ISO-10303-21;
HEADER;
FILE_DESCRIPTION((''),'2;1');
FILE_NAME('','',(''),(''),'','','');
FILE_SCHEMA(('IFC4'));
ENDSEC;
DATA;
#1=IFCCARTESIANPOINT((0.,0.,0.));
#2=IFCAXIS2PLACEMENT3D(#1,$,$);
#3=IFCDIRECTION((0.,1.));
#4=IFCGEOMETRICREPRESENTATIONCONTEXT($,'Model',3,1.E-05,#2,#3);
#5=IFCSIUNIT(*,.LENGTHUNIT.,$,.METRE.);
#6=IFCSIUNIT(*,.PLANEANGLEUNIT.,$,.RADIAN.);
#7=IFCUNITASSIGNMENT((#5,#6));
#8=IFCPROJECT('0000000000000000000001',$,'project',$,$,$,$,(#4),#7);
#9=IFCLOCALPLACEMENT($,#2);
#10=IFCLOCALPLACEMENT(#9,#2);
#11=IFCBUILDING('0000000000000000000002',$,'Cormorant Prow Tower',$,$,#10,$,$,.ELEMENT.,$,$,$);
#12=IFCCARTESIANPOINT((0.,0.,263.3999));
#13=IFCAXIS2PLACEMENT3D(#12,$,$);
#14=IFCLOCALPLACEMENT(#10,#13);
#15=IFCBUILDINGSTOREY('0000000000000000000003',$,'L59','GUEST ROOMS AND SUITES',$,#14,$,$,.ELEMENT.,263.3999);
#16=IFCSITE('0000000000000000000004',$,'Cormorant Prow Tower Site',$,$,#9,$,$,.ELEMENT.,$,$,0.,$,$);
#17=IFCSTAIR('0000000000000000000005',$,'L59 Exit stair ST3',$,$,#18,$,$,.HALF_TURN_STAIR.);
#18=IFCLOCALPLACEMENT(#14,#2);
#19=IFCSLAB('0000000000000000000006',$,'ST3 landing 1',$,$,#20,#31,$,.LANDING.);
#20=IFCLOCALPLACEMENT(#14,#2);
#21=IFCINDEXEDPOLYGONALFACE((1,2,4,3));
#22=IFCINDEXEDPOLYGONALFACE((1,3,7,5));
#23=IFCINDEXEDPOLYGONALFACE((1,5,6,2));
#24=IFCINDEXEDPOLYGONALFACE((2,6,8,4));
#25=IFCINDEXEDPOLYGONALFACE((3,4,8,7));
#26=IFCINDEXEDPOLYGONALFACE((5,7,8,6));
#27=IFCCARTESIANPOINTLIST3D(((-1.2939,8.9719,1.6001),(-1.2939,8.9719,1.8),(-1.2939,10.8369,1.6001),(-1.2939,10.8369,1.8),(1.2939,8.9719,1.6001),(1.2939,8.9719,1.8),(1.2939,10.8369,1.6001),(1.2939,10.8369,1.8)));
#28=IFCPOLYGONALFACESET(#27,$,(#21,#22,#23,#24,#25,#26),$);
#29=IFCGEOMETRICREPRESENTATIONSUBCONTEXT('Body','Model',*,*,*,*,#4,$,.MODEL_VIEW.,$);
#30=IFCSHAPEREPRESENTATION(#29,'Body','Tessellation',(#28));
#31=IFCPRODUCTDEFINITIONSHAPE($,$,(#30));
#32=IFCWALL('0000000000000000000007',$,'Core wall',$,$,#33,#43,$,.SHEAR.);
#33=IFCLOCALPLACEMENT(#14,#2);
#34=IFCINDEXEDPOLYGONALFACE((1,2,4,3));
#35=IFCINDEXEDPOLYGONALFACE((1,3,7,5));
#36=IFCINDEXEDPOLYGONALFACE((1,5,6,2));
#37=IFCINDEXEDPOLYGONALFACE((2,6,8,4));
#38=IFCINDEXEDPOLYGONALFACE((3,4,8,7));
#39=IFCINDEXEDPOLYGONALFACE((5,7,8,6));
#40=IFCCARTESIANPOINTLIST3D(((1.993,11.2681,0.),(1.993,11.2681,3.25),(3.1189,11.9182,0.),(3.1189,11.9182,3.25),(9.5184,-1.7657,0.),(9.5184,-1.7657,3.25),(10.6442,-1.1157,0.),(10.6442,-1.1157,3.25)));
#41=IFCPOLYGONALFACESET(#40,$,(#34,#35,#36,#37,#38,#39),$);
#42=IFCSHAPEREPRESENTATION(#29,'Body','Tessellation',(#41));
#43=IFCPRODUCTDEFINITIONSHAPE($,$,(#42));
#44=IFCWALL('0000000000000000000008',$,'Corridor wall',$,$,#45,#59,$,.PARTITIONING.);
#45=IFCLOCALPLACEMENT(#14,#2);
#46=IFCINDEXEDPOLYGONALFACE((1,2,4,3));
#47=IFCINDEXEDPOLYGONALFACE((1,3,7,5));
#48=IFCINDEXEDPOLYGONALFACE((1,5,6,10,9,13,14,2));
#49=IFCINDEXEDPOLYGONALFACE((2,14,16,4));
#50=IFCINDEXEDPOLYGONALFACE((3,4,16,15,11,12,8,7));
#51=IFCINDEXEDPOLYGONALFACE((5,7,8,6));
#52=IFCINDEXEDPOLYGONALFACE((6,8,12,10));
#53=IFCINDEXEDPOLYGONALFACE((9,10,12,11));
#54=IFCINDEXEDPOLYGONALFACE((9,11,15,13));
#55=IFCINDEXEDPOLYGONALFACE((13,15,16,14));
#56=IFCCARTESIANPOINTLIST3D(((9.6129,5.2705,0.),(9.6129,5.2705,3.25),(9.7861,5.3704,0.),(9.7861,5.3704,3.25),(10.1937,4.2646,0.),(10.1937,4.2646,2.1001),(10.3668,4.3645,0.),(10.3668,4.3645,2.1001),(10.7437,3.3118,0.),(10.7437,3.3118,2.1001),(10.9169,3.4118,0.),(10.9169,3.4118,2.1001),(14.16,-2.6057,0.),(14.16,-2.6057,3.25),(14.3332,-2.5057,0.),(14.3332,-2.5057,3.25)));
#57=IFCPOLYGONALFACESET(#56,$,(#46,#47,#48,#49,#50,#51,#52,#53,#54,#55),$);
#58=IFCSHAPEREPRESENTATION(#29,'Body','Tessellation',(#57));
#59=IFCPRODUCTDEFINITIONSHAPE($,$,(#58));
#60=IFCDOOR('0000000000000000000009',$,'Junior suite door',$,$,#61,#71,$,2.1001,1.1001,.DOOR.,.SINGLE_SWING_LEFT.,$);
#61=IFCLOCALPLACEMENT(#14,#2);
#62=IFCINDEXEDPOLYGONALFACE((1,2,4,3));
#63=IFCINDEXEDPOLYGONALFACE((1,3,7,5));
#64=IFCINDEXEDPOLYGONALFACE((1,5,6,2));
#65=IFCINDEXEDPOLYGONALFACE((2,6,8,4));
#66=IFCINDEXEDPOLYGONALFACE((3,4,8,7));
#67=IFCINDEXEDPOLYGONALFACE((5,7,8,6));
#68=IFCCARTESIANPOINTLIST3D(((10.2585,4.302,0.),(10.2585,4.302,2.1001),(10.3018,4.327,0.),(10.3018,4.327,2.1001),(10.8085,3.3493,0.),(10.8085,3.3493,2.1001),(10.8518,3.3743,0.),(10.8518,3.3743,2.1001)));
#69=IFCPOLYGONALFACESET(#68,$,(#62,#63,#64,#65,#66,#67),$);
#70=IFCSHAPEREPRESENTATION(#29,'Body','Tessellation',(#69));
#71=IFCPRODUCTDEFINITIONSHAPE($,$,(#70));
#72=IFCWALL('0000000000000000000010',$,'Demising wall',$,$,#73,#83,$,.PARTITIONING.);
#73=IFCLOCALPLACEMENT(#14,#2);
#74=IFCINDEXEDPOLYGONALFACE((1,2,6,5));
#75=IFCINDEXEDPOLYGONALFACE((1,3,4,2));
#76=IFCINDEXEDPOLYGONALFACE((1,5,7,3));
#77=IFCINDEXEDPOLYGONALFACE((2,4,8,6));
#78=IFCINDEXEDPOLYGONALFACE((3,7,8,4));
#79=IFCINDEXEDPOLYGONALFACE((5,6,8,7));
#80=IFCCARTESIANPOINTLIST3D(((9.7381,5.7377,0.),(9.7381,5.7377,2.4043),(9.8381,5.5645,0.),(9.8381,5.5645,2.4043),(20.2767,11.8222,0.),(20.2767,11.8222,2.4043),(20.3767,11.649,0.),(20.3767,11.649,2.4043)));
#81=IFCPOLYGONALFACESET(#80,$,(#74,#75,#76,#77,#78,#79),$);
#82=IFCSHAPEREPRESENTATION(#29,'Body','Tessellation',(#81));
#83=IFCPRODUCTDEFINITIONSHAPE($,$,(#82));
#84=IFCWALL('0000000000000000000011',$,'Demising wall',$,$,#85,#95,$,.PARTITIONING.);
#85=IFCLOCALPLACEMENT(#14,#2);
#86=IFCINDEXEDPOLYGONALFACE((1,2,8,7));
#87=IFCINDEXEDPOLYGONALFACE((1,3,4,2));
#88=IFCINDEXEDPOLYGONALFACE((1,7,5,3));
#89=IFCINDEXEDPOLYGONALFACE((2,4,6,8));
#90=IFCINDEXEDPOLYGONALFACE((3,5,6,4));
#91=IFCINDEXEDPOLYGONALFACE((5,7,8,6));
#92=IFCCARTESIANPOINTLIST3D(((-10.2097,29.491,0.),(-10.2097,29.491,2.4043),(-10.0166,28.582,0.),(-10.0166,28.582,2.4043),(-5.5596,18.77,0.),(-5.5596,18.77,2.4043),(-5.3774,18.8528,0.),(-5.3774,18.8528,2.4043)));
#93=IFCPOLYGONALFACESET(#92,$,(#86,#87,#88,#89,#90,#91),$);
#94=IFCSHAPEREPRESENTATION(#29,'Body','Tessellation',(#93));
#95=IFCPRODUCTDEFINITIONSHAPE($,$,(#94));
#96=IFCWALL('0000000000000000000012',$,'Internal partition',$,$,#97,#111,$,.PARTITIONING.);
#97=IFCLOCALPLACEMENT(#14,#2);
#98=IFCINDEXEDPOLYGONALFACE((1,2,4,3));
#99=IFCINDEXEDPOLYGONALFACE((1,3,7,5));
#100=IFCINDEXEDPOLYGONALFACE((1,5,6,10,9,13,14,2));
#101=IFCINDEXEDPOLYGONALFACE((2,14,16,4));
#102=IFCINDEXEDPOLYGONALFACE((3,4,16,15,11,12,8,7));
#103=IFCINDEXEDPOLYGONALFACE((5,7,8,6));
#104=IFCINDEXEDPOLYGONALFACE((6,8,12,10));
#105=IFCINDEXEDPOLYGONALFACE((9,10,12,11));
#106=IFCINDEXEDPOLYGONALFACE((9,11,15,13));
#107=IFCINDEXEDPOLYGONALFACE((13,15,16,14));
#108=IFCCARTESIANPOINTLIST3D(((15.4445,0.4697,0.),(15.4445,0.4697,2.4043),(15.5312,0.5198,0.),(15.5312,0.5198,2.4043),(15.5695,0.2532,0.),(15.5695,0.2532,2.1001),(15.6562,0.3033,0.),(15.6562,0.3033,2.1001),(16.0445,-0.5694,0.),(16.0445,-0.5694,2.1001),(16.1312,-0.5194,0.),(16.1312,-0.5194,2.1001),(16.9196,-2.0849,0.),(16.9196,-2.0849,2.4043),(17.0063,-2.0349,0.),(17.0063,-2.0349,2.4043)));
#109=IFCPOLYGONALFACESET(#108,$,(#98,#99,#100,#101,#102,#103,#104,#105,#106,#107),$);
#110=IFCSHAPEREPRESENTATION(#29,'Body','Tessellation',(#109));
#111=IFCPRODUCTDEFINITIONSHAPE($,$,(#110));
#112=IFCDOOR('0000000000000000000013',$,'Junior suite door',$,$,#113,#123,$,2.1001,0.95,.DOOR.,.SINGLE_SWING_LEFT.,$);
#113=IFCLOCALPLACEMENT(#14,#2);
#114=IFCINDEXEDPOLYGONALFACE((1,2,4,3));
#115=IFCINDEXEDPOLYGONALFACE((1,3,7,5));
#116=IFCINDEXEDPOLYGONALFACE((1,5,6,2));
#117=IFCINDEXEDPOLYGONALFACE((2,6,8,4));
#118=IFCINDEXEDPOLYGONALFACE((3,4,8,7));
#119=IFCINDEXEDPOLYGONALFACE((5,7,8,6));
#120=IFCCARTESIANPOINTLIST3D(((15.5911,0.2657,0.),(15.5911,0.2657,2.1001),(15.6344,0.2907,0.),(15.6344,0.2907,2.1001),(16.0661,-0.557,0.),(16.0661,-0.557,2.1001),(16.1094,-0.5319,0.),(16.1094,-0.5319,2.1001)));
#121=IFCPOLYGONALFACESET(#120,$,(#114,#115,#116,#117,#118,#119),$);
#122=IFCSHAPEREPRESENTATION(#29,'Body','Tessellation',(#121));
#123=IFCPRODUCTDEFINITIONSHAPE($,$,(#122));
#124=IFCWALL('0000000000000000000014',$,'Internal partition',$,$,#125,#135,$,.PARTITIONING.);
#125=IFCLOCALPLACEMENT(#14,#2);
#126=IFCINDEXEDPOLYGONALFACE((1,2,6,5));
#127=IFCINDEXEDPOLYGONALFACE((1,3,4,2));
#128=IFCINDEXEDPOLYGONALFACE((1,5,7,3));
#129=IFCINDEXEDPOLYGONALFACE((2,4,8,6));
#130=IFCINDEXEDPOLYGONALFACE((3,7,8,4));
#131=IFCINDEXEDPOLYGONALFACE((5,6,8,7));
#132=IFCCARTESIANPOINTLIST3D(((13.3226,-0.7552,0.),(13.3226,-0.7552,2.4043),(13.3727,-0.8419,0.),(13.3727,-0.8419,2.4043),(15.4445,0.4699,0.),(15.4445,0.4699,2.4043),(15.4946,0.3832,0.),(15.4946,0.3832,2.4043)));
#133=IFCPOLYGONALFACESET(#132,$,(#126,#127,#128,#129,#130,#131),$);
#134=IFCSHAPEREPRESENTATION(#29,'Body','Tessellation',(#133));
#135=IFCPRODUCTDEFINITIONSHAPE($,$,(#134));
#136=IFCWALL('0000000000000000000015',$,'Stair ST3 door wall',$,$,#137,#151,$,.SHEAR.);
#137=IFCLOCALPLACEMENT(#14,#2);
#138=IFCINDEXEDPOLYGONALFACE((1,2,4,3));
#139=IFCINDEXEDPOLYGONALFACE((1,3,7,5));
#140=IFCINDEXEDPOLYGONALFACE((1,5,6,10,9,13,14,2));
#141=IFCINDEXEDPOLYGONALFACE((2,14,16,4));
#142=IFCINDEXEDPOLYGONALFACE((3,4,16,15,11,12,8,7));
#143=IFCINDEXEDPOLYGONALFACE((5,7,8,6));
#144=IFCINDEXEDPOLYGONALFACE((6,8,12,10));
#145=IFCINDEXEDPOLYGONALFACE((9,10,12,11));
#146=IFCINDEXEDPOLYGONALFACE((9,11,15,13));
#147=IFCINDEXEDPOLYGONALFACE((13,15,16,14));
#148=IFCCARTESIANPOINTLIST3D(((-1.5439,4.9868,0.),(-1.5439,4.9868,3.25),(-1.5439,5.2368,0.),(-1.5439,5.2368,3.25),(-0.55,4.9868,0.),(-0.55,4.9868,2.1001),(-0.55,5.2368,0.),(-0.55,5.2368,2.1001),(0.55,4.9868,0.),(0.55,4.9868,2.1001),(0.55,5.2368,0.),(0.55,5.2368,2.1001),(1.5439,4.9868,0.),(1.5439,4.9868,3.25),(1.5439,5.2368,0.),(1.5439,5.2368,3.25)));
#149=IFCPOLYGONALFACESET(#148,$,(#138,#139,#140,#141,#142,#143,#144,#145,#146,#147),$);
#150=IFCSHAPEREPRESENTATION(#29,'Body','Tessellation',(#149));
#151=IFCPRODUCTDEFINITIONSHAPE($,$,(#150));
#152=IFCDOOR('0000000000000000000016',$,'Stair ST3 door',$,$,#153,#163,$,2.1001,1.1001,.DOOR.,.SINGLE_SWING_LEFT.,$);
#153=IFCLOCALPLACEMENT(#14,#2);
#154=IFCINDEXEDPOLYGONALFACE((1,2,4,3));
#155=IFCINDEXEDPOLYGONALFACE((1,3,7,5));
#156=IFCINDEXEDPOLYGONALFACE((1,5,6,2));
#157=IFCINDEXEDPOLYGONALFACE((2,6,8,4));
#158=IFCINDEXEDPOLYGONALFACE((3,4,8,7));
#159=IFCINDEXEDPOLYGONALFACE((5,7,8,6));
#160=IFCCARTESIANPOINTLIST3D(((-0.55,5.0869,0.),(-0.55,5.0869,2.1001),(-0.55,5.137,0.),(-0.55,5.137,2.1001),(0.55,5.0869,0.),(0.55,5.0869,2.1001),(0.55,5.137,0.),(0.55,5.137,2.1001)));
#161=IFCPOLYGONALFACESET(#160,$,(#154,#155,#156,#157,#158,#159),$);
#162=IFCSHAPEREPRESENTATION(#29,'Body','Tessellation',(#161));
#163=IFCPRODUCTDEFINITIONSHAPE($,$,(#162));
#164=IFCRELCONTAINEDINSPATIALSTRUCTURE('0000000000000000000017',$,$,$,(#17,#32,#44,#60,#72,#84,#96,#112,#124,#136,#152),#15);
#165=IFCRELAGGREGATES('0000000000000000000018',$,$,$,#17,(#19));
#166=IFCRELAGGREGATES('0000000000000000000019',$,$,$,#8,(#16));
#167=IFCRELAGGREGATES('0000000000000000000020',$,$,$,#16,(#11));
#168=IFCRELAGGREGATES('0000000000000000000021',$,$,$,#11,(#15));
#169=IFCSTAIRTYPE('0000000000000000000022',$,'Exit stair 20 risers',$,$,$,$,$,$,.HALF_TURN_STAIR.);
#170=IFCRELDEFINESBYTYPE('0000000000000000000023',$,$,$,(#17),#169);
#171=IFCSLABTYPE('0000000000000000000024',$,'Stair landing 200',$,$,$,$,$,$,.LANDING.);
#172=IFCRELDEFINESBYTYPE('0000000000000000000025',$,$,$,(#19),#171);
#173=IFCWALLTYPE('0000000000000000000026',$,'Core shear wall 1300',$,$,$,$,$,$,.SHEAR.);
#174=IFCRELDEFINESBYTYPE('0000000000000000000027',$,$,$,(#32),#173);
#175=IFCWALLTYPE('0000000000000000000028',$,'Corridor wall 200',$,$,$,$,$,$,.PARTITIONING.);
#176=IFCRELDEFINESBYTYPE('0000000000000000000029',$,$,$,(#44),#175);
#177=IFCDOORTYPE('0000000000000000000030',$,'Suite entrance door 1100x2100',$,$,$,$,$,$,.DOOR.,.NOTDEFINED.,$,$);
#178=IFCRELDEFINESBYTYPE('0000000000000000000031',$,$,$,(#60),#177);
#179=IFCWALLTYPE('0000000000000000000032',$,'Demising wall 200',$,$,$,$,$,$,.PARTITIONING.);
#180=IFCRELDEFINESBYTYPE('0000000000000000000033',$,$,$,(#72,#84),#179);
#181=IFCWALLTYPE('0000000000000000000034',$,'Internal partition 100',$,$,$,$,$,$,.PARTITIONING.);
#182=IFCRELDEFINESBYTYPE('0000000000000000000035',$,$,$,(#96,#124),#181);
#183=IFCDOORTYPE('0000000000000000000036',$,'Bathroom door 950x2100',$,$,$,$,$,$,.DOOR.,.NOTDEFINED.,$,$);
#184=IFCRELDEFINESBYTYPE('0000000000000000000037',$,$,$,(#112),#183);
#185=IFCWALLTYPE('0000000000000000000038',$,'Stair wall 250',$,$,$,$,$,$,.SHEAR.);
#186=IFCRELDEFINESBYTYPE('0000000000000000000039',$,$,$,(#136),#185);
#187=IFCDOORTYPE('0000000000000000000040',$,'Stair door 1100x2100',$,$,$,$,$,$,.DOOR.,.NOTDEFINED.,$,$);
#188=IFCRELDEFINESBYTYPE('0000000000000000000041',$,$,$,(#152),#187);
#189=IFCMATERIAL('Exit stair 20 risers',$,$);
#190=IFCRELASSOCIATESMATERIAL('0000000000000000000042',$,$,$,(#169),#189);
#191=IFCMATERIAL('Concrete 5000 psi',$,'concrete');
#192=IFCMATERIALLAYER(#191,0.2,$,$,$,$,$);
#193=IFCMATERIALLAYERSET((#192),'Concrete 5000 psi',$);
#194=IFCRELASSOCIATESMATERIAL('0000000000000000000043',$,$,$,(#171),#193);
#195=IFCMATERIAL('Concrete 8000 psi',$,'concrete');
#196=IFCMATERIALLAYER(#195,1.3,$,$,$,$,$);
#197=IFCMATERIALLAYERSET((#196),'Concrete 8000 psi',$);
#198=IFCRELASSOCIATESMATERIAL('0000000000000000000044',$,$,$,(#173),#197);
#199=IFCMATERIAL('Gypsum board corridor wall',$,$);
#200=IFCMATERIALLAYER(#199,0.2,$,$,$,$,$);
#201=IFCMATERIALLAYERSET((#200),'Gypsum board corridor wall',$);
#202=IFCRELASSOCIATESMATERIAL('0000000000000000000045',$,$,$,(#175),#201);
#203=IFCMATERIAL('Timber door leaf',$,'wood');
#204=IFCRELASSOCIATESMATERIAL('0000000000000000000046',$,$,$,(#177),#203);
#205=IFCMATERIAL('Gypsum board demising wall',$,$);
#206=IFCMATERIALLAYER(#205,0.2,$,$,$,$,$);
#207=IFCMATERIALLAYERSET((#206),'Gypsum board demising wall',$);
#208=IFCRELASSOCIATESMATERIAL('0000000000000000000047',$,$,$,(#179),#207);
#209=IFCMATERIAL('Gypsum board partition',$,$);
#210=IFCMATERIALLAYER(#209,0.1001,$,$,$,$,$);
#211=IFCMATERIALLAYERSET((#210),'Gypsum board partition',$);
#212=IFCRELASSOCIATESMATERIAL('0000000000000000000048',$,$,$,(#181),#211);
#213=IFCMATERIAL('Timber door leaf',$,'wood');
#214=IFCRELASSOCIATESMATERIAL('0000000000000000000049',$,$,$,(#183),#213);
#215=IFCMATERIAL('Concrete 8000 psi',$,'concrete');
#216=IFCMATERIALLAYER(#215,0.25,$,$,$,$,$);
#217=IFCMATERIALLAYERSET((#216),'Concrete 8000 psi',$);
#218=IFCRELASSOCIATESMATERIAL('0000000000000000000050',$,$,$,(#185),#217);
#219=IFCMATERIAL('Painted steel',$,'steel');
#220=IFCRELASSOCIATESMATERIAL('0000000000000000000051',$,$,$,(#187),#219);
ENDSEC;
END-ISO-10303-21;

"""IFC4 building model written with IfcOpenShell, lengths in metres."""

from ifc_helpers import new_model, si_unit, direction, frame, frame_2d, origin, place, context, subcontext, project, spatial, polyline, rectangle, outline, extrude, material, layer, layer_set, type_object, element, fill, aggregate, save


model = new_model("IFC4")

# Units and contexts
model_context = context("Model", 3, precision=1e-05, world=origin(), true_north=direction((0.0, 1.0)))
body_context = subcontext(model_context, "Body", "Model", "MODEL_VIEW")
ifc_project = project(units=[si_unit("LENGTHUNIT", "METRE"), si_unit("PLANEANGLEUNIT", "RADIAN")], contexts=[model_context])

# Site, building, storey
site_placement = place(None, origin())
site = spatial("IfcSite", under=ifc_project, at=site_placement, Name="Cormorant Prow Tower Site", CompositionType="ELEMENT", RefElevation=0.0)
building_placement = place(site_placement, origin())
building = spatial("IfcBuilding", under=site, at=building_placement, Name="Cormorant Prow Tower", CompositionType="ELEMENT")
storey_placement = place(building_placement, frame((0.0, 0.0, 263.3999)))
storey = spatial("IfcBuildingStorey", under=building, at=storey_placement, Name="L59", Description="GUEST ROOMS AND SUITES", CompositionType="ELEMENT", Elevation=263.3999)

# Stair, slab
ifc_material_1 = material(Name="Exit stair 20 risers")
stair_type = type_object("IfcStairType", Name="Exit stair 20 risers", PredefinedType="HALF_TURN_STAIR", material=ifc_material_1)
ifc_material_2 = material(Name="Concrete 5000 psi", Category="concrete")
ifc_layer_1 = layer(ifc_material_2, 0.2)
ifc_layer_set_1 = layer_set([ifc_layer_1], Name="Concrete 5000 psi")
slab_type = type_object("IfcSlabType", Name="Stair landing 200", PredefinedType="LANDING", material=ifc_layer_set_1)
stair_1_placement = place(storey_placement, origin())
stair_1 = element("IfcStair", 1, at=stair_1_placement, inside=storey, type_object=stair_type, Name="L59 Exit stair ST3", PredefinedType="HALF_TURN_STAIR")
slab_1_placement = place(storey_placement, frame((0.0, 0.0, 1.6001)))
slab_1 = element("IfcSlab", 2, at=slab_1_placement, type_object=slab_type, Name="ST3 landing 1", PredefinedType="LANDING", context=body_context, shape_type="SweptSolid", body=[
    extrude(outline(polyline([(1.2939, 8.9719), (1.2939, 10.8369), (-1.2939, 10.8369), (-1.2939, 8.9719), (1.2939, 8.9719)])), origin(), (0.0, 0.0, 1.0), 0.2),
])
aggregate(stair_1, [slab_1])

# Wall
ifc_material_3 = material(Name="Concrete 8000 psi", Category="concrete")
ifc_layer_2 = layer(ifc_material_3, 1.3)
ifc_layer_set_2 = layer_set([ifc_layer_2], Name="Concrete 8000 psi")
wall_type_1 = type_object("IfcWallType", Name="Core shear wall 1300", PredefinedType="SHEAR", material=ifc_layer_set_2)
wall_1_placement = place(storey_placement, frame((10.0813, -1.4407, 0.0), z_axis=(0.0, 0.0, 1.0), x_axis=(-0.500012, 0.866018, 0.0)))
element("IfcWall", 3, at=wall_1_placement, inside=storey, type_object=wall_type_1, Name="Core wall", PredefinedType="SHEAR", context=body_context, shape_type="SweptSolid", body=[
    extrude(rectangle(XDim=15.0503, YDim=1.3, at=frame_2d((7.5251, 0.0))), origin(), (0.0, 0.0, 1.0), 3.25),
])

# Wall, opening, door
ifc_material_4 = material(Name="Gypsum board corridor wall")
ifc_layer_3 = layer(ifc_material_4, 0.2)
ifc_layer_set_3 = layer_set([ifc_layer_3], Name="Gypsum board corridor wall")
wall_type_2 = type_object("IfcWallType", Name="Corridor wall 200", PredefinedType="PARTITIONING", material=ifc_layer_set_3)
wall_2_placement = place(storey_placement, frame((9.6995, 5.3206, 0.0), z_axis=(0.0, 0.0, 1.0), x_axis=(0.499982, -0.866036, 0.0)))
wall_2 = element("IfcWall", 4, at=wall_2_placement, inside=storey, type_object=wall_type_2, Name="Corridor wall", PredefinedType="PARTITIONING", context=body_context, shape_type="SweptSolid", body=[
    extrude(rectangle(XDim=9.0945, YDim=0.2, at=frame_2d((4.5474, 0.0))), origin(), (0.0, 0.0, 1.0), 3.25),
])
opening_1_placement = place(wall_2_placement, frame((1.1616, 0.0, 0.0)))
opening_1 = element("IfcOpeningElement", 5, at=opening_1_placement, cuts=wall_2, PredefinedType="OPENING", context=body_context, shape_type="SweptSolid", body=[
    extrude(rectangle(XDim=1.1001, YDim=2.1001, at=frame_2d((0.55, 1.05))), frame((0.0, 0.1099, 0.0), z_axis=(0.0, -1.0, 0.0), x_axis=(1.0, 0.0, 0.0)), (0.0, 0.0, 1.0), 0.22),
])
ifc_material_5 = material(Name="Timber door leaf", Category="wood")
door_type_1 = type_object("IfcDoorType", Name="Suite entrance door 1100x2100", OperationType="NOTDEFINED", PredefinedType="DOOR", material=ifc_material_5)
door_1_placement = place(opening_1_placement, origin())
door_1 = element("IfcDoor", 6, at=door_1_placement, inside=storey, type_object=door_type_1, Name="Junior suite door", OperationType="SINGLE_SWING_LEFT", OverallHeight=2.1001, OverallWidth=1.1001, PredefinedType="DOOR", context=body_context, shape_type="SweptSolid", body=[
    extrude(rectangle(XDim=1.1001, YDim=2.1001, at=frame_2d((0.55, 1.05))), frame((0.0, 0.0249, 0.0), z_axis=(0.0, -1.0, 0.0), x_axis=(1.0, 0.0, 0.0)), (0.0, 0.0, 1.0), 0.05),
])
fill(opening_1, door_1)

# Walls
ifc_material_6 = material(Name="Gypsum board demising wall")
ifc_layer_4 = layer(ifc_material_6, 0.2)
ifc_layer_set_4 = layer_set([ifc_layer_4], Name="Gypsum board demising wall")
wall_type_3 = type_object("IfcWallType", Name="Demising wall 200", PredefinedType="PARTITIONING", material=ifc_layer_set_4)
wall_3_placement = place(storey_placement, frame((9.7881, 5.6511, 0.0), z_axis=(0.0, 0.0, 1.0), x_axis=(0.866025, 0.500001, 0.0)))
element("IfcWall", 7, at=wall_3_placement, inside=storey, type_object=wall_type_3, Name="Demising wall", PredefinedType="PARTITIONING", context=body_context, shape_type="SweptSolid", body=[
    extrude(rectangle(XDim=12.1689, YDim=0.2, at=frame_2d((6.0845, 0.0))), origin(), (0.0, 0.0, 1.0), 2.4043),
])
wall_4_placement = place(storey_placement, origin())
element("IfcWall", 8, at=wall_4_placement, inside=storey, type_object=wall_type_3, Name="Demising wall", PredefinedType="PARTITIONING", context=body_context, shape_type="SweptSolid", body=[
    extrude(outline(polyline([(-5.5596, 18.77), (-10.0166, 28.582), (-10.2097, 29.491), (-5.3774, 18.8528), (-5.5596, 18.77)])), origin(), (0.0, 0.0, 1.0), 2.4043),
])

# Wall, opening, door
ifc_material_7 = material(Name="Gypsum board partition")
ifc_layer_5 = layer(ifc_material_7, 0.1001)
ifc_layer_set_5 = layer_set([ifc_layer_5], Name="Gypsum board partition")
wall_type_4 = type_object("IfcWallType", Name="Internal partition 100", PredefinedType="PARTITIONING", material=ifc_layer_set_5)
wall_5_placement = place(storey_placement, frame((15.4878, 0.4949, 0.0), z_axis=(0.0, 0.0, 1.0), x_axis=(0.500038, -0.866004, 0.0)))
wall_5 = element("IfcWall", 9, at=wall_5_placement, inside=storey, type_object=wall_type_4, Name="Internal partition", PredefinedType="PARTITIONING", context=body_context, shape_type="SweptSolid", body=[
    extrude(rectangle(XDim=2.95, YDim=0.1001, at=frame_2d((1.4751, 0.0))), origin(), (0.0, 0.0, 1.0), 2.4043),
])
opening_2_placement = place(wall_5_placement, frame((0.25, 0.0, 0.0)))
opening_2 = element("IfcOpeningElement", 10, at=opening_2_placement, cuts=wall_5, PredefinedType="OPENING", context=body_context, shape_type="SweptSolid", body=[
    extrude(rectangle(XDim=0.95, YDim=2.1001, at=frame_2d((0.4751, 1.05))), frame((0.0, 0.0601, 0.0), z_axis=(0.0, -1.0, 0.0), x_axis=(1.0, 0.0, 0.0)), (0.0, 0.0, 1.0), 0.1201),
])
ifc_material_8 = material(Name="Timber door leaf", Category="wood")
door_type_2 = type_object("IfcDoorType", Name="Bathroom door 950x2100", OperationType="NOTDEFINED", PredefinedType="DOOR", material=ifc_material_8)
door_2_placement = place(opening_2_placement, origin())
door_2 = element("IfcDoor", 11, at=door_2_placement, inside=storey, type_object=door_type_2, Name="Junior suite door", OperationType="SINGLE_SWING_LEFT", OverallHeight=2.1001, OverallWidth=0.95, PredefinedType="DOOR", context=body_context, shape_type="SweptSolid", body=[
    extrude(rectangle(XDim=0.95, YDim=2.1001, at=frame_2d((0.4751, 1.05))), frame((0.0, 0.0249, 0.0), z_axis=(0.0, -1.0, 0.0), x_axis=(1.0, 0.0, 0.0)), (0.0, 0.0, 1.0), 0.05),
])
fill(opening_2, door_2)

# Wall
wall_6_placement = place(storey_placement, frame((13.3477, -0.7986, 0.0), z_axis=(0.0, 0.0, 1.0), x_axis=(0.866015, 0.500019, 0.0)))
element("IfcWall", 12, at=wall_6_placement, inside=storey, type_object=wall_type_4, Name="Internal partition", PredefinedType="PARTITIONING", context=body_context, shape_type="SweptSolid", body=[
    extrude(rectangle(XDim=2.4502, YDim=0.1001, at=frame_2d((1.2251, 0.0))), origin(), (0.0, 0.0, 1.0), 2.4043),
])

# Wall, opening, door
ifc_material_9 = material(Name="Concrete 8000 psi", Category="concrete")
ifc_layer_6 = layer(ifc_material_9, 0.25)
ifc_layer_set_6 = layer_set([ifc_layer_6], Name="Concrete 8000 psi")
wall_type_5 = type_object("IfcWallType", Name="Stair wall 250", PredefinedType="SHEAR", material=ifc_layer_set_6)
wall_7_placement = place(storey_placement, frame((1.5439, 5.1118, 0.0), z_axis=(0.0, 0.0, 1.0), x_axis=(-1.0, 0.0, 0.0)))
wall_7 = element("IfcWall", 13, at=wall_7_placement, inside=storey, type_object=wall_type_5, Name="Stair ST3 door wall", PredefinedType="SHEAR", context=body_context, shape_type="SweptSolid", body=[
    extrude(rectangle(XDim=3.0879, YDim=0.25, at=frame_2d((1.5439, 0.0))), origin(), (0.0, 0.0, 1.0), 3.25),
])
opening_3_placement = place(wall_7_placement, frame((0.9939, 0.0, 0.0)))
opening_3 = element("IfcOpeningElement", 14, at=opening_3_placement, cuts=wall_7, PredefinedType="OPENING", context=body_context, shape_type="SweptSolid", body=[
    extrude(rectangle(XDim=1.1001, YDim=2.1001, at=frame_2d((0.55, 1.05))), frame((0.0, 0.135, 0.0), z_axis=(0.0, -1.0, 0.0), x_axis=(1.0, 0.0, 0.0)), (0.0, 0.0, 1.0), 0.27),
])
ifc_material_10 = material(Name="Painted steel", Category="steel")
door_type_3 = type_object("IfcDoorType", Name="Stair door 1100x2100", OperationType="NOTDEFINED", PredefinedType="DOOR", material=ifc_material_10)
door_3_placement = place(opening_3_placement, origin())
door_3 = element("IfcDoor", 15, at=door_3_placement, inside=storey, type_object=door_type_3, Name="Stair ST3 door", OperationType="SINGLE_SWING_LEFT", OverallHeight=2.1001, OverallWidth=1.1001, PredefinedType="DOOR", context=body_context, shape_type="SweptSolid", body=[
    extrude(rectangle(XDim=1.1001, YDim=2.1001, at=frame_2d((0.55, 1.05))), frame((0.0, 0.0249, 0.0), z_axis=(0.0, -1.0, 0.0), x_axis=(1.0, 0.0, 0.0)), (0.0, 0.0, 1.0), 0.05),
])
fill(opening_3, door_3)

save(model, "model.ifc")
